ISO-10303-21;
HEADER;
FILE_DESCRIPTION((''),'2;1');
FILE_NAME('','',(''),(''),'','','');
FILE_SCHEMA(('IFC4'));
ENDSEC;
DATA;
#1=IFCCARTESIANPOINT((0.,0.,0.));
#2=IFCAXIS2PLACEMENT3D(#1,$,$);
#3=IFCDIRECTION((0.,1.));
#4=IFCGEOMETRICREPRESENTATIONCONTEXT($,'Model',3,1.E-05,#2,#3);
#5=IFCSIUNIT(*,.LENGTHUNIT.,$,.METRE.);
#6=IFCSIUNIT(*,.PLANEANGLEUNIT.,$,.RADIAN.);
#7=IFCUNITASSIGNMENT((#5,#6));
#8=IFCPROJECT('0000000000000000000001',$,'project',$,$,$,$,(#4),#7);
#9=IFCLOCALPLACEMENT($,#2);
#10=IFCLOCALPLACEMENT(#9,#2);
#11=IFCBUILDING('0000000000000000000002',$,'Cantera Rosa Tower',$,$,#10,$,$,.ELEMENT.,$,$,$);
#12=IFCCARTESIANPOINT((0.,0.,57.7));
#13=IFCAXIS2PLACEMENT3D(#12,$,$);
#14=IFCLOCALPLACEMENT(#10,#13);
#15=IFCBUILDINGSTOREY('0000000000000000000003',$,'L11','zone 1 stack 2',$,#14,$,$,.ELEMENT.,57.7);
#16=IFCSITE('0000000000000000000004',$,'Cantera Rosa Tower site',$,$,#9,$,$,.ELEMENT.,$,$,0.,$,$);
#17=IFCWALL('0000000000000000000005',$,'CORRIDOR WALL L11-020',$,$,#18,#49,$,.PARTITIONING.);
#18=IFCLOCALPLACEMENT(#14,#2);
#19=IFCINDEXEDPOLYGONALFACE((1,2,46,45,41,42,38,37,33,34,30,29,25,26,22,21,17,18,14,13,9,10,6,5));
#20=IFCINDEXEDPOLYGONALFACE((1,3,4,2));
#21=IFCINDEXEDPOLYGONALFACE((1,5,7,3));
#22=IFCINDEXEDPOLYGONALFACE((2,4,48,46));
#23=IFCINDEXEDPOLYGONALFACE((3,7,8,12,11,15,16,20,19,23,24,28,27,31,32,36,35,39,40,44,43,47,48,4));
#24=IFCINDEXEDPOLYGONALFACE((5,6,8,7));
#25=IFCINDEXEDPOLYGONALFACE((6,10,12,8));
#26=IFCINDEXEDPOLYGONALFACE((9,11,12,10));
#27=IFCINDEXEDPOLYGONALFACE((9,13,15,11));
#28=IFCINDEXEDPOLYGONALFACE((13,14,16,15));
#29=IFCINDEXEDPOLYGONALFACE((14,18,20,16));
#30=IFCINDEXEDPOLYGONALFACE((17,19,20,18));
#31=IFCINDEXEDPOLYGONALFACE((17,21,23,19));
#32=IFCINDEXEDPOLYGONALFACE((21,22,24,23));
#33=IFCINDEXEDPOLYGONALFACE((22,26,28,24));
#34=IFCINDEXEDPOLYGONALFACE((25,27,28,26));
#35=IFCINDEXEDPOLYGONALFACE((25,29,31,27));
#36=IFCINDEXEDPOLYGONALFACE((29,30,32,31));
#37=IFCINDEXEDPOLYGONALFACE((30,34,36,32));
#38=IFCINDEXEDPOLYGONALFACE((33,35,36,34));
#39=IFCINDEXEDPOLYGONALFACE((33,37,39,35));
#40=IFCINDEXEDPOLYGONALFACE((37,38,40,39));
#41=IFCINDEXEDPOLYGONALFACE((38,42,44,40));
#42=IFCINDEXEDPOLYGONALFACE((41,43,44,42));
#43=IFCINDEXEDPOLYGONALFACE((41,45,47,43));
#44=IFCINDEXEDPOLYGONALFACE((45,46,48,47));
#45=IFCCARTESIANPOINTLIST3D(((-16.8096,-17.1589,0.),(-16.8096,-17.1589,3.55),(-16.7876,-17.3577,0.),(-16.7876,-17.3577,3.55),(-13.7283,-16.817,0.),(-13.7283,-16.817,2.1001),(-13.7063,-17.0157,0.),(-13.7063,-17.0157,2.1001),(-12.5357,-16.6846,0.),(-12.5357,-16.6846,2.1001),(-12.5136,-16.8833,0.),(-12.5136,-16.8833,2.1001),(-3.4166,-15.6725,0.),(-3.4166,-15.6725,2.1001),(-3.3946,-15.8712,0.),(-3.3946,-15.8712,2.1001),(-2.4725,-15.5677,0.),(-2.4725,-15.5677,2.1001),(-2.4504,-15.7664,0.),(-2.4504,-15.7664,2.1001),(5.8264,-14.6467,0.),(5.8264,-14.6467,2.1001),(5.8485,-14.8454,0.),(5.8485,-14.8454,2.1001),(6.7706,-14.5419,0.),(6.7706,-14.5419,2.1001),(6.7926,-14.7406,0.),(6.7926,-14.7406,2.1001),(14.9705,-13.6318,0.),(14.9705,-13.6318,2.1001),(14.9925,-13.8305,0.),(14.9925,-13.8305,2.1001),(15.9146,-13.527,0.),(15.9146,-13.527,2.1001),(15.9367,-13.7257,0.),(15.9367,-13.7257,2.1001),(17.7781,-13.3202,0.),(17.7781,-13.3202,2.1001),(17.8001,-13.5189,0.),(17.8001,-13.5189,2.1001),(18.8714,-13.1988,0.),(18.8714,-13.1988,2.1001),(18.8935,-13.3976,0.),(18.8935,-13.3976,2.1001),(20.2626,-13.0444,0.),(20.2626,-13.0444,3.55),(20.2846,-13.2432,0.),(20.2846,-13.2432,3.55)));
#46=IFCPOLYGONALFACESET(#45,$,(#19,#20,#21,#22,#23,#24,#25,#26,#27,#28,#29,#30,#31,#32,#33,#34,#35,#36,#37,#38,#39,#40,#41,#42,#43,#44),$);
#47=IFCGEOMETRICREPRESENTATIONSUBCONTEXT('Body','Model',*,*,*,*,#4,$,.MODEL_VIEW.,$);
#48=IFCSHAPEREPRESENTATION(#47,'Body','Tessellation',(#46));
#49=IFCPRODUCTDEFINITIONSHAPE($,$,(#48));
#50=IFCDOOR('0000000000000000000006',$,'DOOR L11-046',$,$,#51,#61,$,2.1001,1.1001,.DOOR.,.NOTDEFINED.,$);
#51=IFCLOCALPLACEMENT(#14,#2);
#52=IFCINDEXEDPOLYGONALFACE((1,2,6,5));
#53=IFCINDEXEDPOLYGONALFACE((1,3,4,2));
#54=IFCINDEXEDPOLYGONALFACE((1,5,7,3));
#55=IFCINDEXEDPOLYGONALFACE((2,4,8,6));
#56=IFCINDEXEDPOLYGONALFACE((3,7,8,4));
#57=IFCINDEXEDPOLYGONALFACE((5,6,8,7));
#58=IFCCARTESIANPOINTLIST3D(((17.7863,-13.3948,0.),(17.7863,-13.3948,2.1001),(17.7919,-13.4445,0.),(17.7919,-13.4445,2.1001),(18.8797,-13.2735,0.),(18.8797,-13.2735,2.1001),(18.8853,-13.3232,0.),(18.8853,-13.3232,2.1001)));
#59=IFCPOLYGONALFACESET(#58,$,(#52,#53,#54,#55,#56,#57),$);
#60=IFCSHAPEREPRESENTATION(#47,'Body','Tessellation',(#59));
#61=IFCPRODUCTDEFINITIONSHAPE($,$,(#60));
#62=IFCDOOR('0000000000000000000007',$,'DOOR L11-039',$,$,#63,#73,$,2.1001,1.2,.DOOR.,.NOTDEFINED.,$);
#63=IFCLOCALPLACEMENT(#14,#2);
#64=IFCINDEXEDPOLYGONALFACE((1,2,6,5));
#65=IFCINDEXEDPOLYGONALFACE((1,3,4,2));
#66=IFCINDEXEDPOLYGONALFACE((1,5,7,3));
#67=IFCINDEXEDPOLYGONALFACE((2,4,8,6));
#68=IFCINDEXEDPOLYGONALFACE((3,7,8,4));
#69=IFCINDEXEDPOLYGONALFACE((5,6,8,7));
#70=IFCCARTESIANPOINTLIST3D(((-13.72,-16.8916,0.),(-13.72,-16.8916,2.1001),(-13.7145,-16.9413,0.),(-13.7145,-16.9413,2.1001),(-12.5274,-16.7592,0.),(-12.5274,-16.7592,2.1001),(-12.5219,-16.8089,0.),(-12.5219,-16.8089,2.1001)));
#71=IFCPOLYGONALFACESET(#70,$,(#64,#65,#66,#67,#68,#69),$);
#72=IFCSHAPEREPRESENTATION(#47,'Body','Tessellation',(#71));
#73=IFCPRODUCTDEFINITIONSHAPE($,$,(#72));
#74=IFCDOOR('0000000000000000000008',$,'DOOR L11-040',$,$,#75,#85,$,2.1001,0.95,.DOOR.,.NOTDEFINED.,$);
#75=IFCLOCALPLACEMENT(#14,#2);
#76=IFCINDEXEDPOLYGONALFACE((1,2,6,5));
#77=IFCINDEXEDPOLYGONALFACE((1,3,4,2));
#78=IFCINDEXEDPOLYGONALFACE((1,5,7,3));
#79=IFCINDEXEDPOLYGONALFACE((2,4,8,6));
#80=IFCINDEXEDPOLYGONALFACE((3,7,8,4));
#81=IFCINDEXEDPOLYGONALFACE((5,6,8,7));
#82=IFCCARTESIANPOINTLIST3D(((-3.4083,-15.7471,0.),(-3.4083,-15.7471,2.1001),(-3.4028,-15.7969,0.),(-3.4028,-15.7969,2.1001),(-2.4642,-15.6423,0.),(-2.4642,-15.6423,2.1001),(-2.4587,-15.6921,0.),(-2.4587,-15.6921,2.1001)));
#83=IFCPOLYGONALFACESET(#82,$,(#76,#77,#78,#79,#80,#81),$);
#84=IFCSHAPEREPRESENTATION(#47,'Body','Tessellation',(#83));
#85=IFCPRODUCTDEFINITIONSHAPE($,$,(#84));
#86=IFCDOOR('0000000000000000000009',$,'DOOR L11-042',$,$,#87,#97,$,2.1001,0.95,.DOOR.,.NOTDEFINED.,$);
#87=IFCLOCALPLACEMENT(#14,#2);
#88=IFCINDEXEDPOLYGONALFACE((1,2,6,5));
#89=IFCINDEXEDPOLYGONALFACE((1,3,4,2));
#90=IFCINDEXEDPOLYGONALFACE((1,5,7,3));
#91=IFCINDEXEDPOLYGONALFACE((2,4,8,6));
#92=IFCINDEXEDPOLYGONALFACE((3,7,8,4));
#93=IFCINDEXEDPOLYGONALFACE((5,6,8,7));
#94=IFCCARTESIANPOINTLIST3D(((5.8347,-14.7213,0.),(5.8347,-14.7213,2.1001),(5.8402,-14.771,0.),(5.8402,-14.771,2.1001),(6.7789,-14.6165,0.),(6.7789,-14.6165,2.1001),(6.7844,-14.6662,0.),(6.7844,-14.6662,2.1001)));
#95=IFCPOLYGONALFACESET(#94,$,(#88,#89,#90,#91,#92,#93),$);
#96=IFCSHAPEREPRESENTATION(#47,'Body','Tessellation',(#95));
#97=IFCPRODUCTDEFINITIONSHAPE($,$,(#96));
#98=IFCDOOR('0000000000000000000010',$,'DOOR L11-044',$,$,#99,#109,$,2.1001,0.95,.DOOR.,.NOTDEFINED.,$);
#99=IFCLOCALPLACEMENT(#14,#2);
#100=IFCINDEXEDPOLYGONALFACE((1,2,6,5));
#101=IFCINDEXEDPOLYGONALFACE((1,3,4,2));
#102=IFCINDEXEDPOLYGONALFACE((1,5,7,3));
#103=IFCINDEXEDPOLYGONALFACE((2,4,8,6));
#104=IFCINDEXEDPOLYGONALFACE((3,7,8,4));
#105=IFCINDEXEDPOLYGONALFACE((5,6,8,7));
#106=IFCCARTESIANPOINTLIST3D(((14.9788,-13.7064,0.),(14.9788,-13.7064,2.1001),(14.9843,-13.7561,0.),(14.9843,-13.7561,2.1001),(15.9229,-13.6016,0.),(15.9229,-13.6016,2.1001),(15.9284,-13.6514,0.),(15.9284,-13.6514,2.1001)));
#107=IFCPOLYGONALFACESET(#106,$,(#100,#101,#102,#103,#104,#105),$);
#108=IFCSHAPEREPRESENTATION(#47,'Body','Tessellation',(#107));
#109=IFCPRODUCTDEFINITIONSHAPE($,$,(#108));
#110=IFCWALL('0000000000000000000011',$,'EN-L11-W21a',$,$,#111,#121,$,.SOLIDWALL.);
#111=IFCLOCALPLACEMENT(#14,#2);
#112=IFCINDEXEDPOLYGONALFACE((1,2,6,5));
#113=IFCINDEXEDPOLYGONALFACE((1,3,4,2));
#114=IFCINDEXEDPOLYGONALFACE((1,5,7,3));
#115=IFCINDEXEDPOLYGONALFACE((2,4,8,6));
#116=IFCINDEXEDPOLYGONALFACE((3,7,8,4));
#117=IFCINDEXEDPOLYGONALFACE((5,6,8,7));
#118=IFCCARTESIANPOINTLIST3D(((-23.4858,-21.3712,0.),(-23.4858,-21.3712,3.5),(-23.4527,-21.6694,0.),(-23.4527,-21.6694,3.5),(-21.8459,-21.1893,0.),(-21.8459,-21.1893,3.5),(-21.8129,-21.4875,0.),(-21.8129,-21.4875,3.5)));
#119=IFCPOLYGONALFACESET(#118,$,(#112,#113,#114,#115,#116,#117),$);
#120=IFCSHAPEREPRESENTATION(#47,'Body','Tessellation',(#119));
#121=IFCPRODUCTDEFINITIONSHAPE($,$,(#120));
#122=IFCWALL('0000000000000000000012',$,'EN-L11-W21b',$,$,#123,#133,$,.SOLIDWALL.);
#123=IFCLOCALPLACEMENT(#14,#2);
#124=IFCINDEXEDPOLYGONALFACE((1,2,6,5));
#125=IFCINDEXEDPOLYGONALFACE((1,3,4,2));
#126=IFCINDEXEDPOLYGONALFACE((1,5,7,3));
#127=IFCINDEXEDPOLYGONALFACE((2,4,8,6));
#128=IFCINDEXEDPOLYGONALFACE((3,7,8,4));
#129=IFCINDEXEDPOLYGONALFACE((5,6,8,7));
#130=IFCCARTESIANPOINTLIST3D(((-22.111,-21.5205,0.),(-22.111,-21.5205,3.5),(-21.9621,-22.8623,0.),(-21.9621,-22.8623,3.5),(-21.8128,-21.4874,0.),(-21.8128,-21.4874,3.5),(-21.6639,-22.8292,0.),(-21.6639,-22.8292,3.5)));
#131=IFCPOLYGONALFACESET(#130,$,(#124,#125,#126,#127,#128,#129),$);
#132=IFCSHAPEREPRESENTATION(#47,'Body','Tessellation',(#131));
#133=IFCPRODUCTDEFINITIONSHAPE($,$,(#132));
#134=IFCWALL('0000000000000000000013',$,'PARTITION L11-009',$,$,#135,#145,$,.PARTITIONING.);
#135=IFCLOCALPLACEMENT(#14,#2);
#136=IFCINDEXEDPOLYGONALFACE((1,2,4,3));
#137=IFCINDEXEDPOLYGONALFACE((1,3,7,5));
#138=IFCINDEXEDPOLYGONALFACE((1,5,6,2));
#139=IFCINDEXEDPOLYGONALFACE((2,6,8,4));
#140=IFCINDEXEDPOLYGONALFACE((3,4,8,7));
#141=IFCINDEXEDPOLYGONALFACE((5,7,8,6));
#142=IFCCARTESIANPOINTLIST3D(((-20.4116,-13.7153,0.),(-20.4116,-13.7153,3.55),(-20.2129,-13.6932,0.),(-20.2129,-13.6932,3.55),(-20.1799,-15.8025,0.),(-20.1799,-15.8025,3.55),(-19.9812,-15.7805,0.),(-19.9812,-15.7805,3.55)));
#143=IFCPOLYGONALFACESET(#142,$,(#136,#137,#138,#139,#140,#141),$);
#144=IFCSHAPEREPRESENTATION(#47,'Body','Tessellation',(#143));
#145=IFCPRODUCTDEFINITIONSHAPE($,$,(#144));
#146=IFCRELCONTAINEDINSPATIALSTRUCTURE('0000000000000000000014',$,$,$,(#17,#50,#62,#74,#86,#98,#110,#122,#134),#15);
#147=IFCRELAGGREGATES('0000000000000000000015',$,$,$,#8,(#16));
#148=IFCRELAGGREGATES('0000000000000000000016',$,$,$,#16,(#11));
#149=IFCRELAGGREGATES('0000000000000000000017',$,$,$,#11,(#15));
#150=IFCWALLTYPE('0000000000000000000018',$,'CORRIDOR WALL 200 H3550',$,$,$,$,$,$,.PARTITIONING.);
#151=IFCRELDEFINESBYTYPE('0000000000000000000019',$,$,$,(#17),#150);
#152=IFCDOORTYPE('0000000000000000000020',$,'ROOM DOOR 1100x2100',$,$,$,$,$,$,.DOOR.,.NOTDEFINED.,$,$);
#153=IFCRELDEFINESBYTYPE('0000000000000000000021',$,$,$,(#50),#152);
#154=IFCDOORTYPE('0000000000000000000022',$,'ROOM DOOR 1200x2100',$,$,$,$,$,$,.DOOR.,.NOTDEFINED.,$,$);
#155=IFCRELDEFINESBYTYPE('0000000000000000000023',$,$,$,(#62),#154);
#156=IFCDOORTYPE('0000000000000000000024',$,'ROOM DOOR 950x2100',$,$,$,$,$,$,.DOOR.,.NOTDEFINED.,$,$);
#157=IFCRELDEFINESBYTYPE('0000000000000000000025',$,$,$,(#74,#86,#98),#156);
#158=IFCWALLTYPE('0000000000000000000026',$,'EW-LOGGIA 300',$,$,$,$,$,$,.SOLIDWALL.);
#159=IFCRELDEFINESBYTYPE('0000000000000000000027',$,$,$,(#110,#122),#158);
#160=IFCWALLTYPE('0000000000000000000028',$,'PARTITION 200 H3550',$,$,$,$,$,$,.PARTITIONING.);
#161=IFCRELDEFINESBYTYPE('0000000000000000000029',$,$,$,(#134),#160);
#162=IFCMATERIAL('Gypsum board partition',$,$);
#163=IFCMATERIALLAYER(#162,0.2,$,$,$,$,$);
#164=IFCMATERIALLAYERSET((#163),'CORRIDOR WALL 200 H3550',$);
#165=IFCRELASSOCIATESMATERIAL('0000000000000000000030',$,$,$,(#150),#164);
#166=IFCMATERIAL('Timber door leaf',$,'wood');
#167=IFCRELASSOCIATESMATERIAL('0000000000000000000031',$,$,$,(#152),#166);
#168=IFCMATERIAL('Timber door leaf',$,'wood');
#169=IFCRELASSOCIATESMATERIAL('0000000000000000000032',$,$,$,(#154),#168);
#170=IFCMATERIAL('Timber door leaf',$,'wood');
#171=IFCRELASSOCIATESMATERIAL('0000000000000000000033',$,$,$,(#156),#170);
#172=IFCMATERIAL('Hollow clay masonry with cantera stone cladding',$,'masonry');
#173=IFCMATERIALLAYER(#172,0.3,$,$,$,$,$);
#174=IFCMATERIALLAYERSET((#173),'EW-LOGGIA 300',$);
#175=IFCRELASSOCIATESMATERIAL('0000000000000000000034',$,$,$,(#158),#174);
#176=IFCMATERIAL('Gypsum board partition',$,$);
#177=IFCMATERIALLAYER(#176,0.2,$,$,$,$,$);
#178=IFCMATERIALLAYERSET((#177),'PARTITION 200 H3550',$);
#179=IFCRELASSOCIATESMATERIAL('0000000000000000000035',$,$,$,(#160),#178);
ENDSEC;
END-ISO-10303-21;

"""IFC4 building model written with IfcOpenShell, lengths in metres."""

from ifc_helpers import new_model, si_unit, direction, frame, frame_2d, origin, place, context, subcontext, project, spatial, rectangle, extrude, material, layer, layer_set, type_object, element, fill, save


model = new_model("IFC4")

# Units and contexts
model_context = context("Model", 3, precision=1e-05, world=origin(), true_north=direction((0.0, 1.0)))
body_context = subcontext(model_context, "Body", "Model", "MODEL_VIEW")
ifc_project = project(units=[si_unit("LENGTHUNIT", "METRE"), si_unit("PLANEANGLEUNIT", "RADIAN")], contexts=[model_context])

# Site, building, storey
site_placement = place(None, origin())
site = spatial("IfcSite", under=ifc_project, at=site_placement, Name="Cantera Rosa Tower site", CompositionType="ELEMENT", RefElevation=0.0)
building_placement = place(site_placement, origin())
building = spatial("IfcBuilding", under=site, at=building_placement, Name="Cantera Rosa Tower", CompositionType="ELEMENT")
storey_placement = place(building_placement, frame((0.0, 0.0, 57.7)))
storey = spatial("IfcBuildingStorey", under=building, at=storey_placement, Name="L11", Description="zone 1 stack 2", CompositionType="ELEMENT", Elevation=57.7)

# Wall, openings, doors
ifc_material_1 = material(Name="Gypsum board partition")
ifc_layer_1 = layer(ifc_material_1, 0.2)
ifc_layer_set_1 = layer_set([ifc_layer_1], Name="CORRIDOR WALL 200 H3550")
wall_type_1 = type_object("IfcWallType", Name="CORRIDOR WALL 200 H3550", PredefinedType="PARTITIONING", material=ifc_layer_set_1)
wall_1_placement = place(storey_placement, frame((-16.7986, -17.2583, 0.0), z_axis=(0.0, 0.0, 1.0), x_axis=(0.993897, 0.110309, 0.0)))
wall_1 = element("IfcWall", 1, at=wall_1_placement, inside=storey, type_object=wall_type_1, Name="CORRIDOR WALL L11-020", PredefinedType="PARTITIONING", context=body_context, shape_type="SweptSolid", body=[
    extrude(rectangle(XDim=37.2998, YDim=0.2, at=frame_2d((18.6499, 0.0))), origin(), (0.0, 0.0, 1.0), 3.55),
])
opening_1_placement = place(wall_1_placement, frame((3.1001, 0.0, 0.0)))
opening_1 = element("IfcOpeningElement", 2, at=opening_1_placement, cuts=wall_1, PredefinedType="OPENING", context=body_context, shape_type="SweptSolid", body=[
    extrude(rectangle(XDim=1.2, YDim=2.1001, at=frame_2d((0.6001, 1.05))), frame((0.0, 0.1099, 0.0), z_axis=(0.0, -1.0, 0.0), x_axis=(1.0, 0.0, 0.0)), (0.0, 0.0, 1.0), 0.22),
])
opening_2_placement = place(wall_1_placement, frame((13.4751, 0.0, 0.0)))
opening_2 = element("IfcOpeningElement", 3, at=opening_2_placement, cuts=wall_1, PredefinedType="OPENING", context=body_context, shape_type="SweptSolid", body=[
    extrude(rectangle(XDim=0.95, YDim=2.1001, at=frame_2d((0.4751, 1.05))), frame((0.0, 0.1099, 0.0), z_axis=(0.0, -1.0, 0.0), x_axis=(1.0, 0.0, 0.0)), (0.0, 0.0, 1.0), 0.22),
])
opening_3_placement = place(wall_1_placement, frame((22.7749, 0.0, 0.0)))
opening_3 = element("IfcOpeningElement", 4, at=opening_3_placement, cuts=wall_1, PredefinedType="OPENING", context=body_context, shape_type="SweptSolid", body=[
    extrude(rectangle(XDim=0.95, YDim=2.1001, at=frame_2d((0.4751, 1.05))), frame((0.0, 0.1099, 0.0), z_axis=(0.0, -1.0, 0.0), x_axis=(1.0, 0.0, 0.0)), (0.0, 0.0, 1.0), 0.22),
])
opening_4_placement = place(wall_1_placement, frame((31.9751, 0.0, 0.0)))
opening_4 = element("IfcOpeningElement", 5, at=opening_4_placement, cuts=wall_1, PredefinedType="OPENING", context=body_context, shape_type="SweptSolid", body=[
    extrude(rectangle(XDim=0.95, YDim=2.1001, at=frame_2d((0.4751, 1.05))), frame((0.0, 0.1099, 0.0), z_axis=(0.0, -1.0, 0.0), x_axis=(1.0, 0.0, 0.0)), (0.0, 0.0, 1.0), 0.22),
])
opening_5_placement = place(wall_1_placement, frame((34.8, 0.0, 0.0)))
opening_5 = element("IfcOpeningElement", 6, at=opening_5_placement, cuts=wall_1, PredefinedType="OPENING", context=body_context, shape_type="SweptSolid", body=[
    extrude(rectangle(XDim=1.1001, YDim=2.1001, at=frame_2d((0.55, 1.05))), frame((0.0, 0.1099, 0.0), z_axis=(0.0, -1.0, 0.0), x_axis=(1.0, 0.0, 0.0)), (0.0, 0.0, 1.0), 0.22),
])
ifc_material_2 = material(Name="Timber door leaf", Category="wood")
door_type_1 = type_object("IfcDoorType", Name="ROOM DOOR 1100x2100", OperationType="NOTDEFINED", PredefinedType="DOOR", material=ifc_material_2)
door_1_placement = place(opening_5_placement, origin())
door_1 = element("IfcDoor", 7, at=door_1_placement, inside=storey, type_object=door_type_1, Name="DOOR L11-046", OperationType="NOTDEFINED", OverallHeight=2.1001, OverallWidth=1.1001, PredefinedType="DOOR", context=body_context, shape_type="SweptSolid", body=[
    extrude(rectangle(XDim=1.1001, YDim=2.1001, at=frame_2d((0.55, 1.05))), frame((0.0, 0.0249, 0.0), z_axis=(0.0, -1.0, 0.0), x_axis=(1.0, 0.0, 0.0)), (0.0, 0.0, 1.0), 0.05),
])
fill(opening_5, door_1)
ifc_material_3 = material(Name="Timber door leaf", Category="wood")
door_type_2 = type_object("IfcDoorType", Name="ROOM DOOR 1200x2100", OperationType="NOTDEFINED", PredefinedType="DOOR", material=ifc_material_3)
door_2_placement = place(opening_1_placement, origin())
door_2 = element("IfcDoor", 8, at=door_2_placement, inside=storey, type_object=door_type_2, Name="DOOR L11-039", OperationType="NOTDEFINED", OverallHeight=2.1001, OverallWidth=1.2, PredefinedType="DOOR", context=body_context, shape_type="SweptSolid", body=[
    extrude(rectangle(XDim=1.2, YDim=2.1001, at=frame_2d((0.6001, 1.05))), frame((0.0, 0.0249, 0.0), z_axis=(0.0, -1.0, 0.0), x_axis=(1.0, 0.0, 0.0)), (0.0, 0.0, 1.0), 0.05),
])
fill(opening_1, door_2)
ifc_material_4 = material(Name="Timber door leaf", Category="wood")
door_type_3 = type_object("IfcDoorType", Name="ROOM DOOR 950x2100", OperationType="NOTDEFINED", PredefinedType="DOOR", material=ifc_material_4)
door_3_placement = place(opening_2_placement, origin())
door_3 = element("IfcDoor", 9, at=door_3_placement, inside=storey, type_object=door_type_3, Name="DOOR L11-040", OperationType="NOTDEFINED", OverallHeight=2.1001, OverallWidth=0.95, PredefinedType="DOOR", context=body_context, shape_type="SweptSolid", body=[
    extrude(rectangle(XDim=0.95, YDim=2.1001, at=frame_2d((0.4751, 1.05))), frame((0.0, 0.0249, 0.0), z_axis=(0.0, -1.0, 0.0), x_axis=(1.0, 0.0, 0.0)), (0.0, 0.0, 1.0), 0.05),
])
fill(opening_2, door_3)
door_4_placement = place(opening_3_placement, origin())
door_4 = element("IfcDoor", 10, at=door_4_placement, inside=storey, type_object=door_type_3, Name="DOOR L11-042", OperationType="NOTDEFINED", OverallHeight=2.1001, OverallWidth=0.95, PredefinedType="DOOR", context=body_context, shape_type="SweptSolid", body=[
    extrude(rectangle(XDim=0.95, YDim=2.1001, at=frame_2d((0.4751, 1.05))), frame((0.0, 0.0249, 0.0), z_axis=(0.0, -1.0, 0.0), x_axis=(1.0, 0.0, 0.0)), (0.0, 0.0, 1.0), 0.05),
])
fill(opening_3, door_4)
door_5_placement = place(opening_4_placement, origin())
door_5 = element("IfcDoor", 11, at=door_5_placement, inside=storey, type_object=door_type_3, Name="DOOR L11-044", OperationType="NOTDEFINED", OverallHeight=2.1001, OverallWidth=0.95, PredefinedType="DOOR", context=body_context, shape_type="SweptSolid", body=[
    extrude(rectangle(XDim=0.95, YDim=2.1001, at=frame_2d((0.4751, 1.05))), frame((0.0, 0.0249, 0.0), z_axis=(0.0, -1.0, 0.0), x_axis=(1.0, 0.0, 0.0)), (0.0, 0.0, 1.0), 0.05),
])
fill(opening_4, door_5)

# Walls
ifc_material_5 = material(Name="Hollow clay masonry with cantera stone cladding", Category="masonry")
ifc_layer_2 = layer(ifc_material_5, 0.3)
ifc_layer_set_2 = layer_set([ifc_layer_2], Name="EW-LOGGIA 300")
wall_type_2 = type_object("IfcWallType", Name="EW-LOGGIA 300", PredefinedType="SOLIDWALL", material=ifc_layer_set_2)
wall_2_placement = place(storey_placement, frame((-23.4692, -21.5203, 0.0), z_axis=(0.0, 0.0, 1.0), x_axis=(0.993905, 0.110237, 0.0)))
element("IfcWall", 12, at=wall_2_placement, inside=storey, type_object=wall_type_2, Name="EN-L11-W21a", PredefinedType="SOLIDWALL", context=body_context, shape_type="SweptSolid", body=[
    extrude(rectangle(XDim=1.6499, YDim=0.3, at=frame_2d((0.825, 0.0))), origin(), (0.0, 0.0, 1.0), 3.5),
])
wall_3_placement = place(storey_placement, frame((-21.9619, -21.5039, 0.0), z_axis=(0.0, 0.0, 1.0), x_axis=(0.110312, -0.993897, 0.0)))
element("IfcWall", 13, at=wall_3_placement, inside=storey, type_object=wall_type_2, Name="EN-L11-W21b", PredefinedType="SOLIDWALL", context=body_context, shape_type="SweptSolid", body=[
    extrude(rectangle(XDim=1.3501, YDim=0.3, at=frame_2d((0.675, 0.0))), origin(), (0.0, 0.0, 1.0), 3.5),
])

# Wall
ifc_material_6 = material(Name="Gypsum board partition")
ifc_layer_3 = layer(ifc_material_6, 0.2)
ifc_layer_set_3 = layer_set([ifc_layer_3], Name="PARTITION 200 H3550")
wall_type_3 = type_object("IfcWallType", Name="PARTITION 200 H3550", PredefinedType="PARTITIONING", material=ifc_layer_set_3)
wall_4_placement = place(storey_placement, frame((-20.0806, -15.7915, 0.0), z_axis=(0.0, 0.0, 1.0), x_axis=(-0.110329, 0.993895, 0.0)))
element("IfcWall", 14, at=wall_4_placement, inside=storey, type_object=wall_type_3, Name="PARTITION L11-009", PredefinedType="PARTITIONING", context=body_context, shape_type="SweptSolid", body=[
    extrude(rectangle(XDim=2.1001, YDim=0.2, at=frame_2d((1.05, 0.0))), origin(), (0.0, 0.0, 1.0), 3.55),
])

save(model, "model.ifc")
